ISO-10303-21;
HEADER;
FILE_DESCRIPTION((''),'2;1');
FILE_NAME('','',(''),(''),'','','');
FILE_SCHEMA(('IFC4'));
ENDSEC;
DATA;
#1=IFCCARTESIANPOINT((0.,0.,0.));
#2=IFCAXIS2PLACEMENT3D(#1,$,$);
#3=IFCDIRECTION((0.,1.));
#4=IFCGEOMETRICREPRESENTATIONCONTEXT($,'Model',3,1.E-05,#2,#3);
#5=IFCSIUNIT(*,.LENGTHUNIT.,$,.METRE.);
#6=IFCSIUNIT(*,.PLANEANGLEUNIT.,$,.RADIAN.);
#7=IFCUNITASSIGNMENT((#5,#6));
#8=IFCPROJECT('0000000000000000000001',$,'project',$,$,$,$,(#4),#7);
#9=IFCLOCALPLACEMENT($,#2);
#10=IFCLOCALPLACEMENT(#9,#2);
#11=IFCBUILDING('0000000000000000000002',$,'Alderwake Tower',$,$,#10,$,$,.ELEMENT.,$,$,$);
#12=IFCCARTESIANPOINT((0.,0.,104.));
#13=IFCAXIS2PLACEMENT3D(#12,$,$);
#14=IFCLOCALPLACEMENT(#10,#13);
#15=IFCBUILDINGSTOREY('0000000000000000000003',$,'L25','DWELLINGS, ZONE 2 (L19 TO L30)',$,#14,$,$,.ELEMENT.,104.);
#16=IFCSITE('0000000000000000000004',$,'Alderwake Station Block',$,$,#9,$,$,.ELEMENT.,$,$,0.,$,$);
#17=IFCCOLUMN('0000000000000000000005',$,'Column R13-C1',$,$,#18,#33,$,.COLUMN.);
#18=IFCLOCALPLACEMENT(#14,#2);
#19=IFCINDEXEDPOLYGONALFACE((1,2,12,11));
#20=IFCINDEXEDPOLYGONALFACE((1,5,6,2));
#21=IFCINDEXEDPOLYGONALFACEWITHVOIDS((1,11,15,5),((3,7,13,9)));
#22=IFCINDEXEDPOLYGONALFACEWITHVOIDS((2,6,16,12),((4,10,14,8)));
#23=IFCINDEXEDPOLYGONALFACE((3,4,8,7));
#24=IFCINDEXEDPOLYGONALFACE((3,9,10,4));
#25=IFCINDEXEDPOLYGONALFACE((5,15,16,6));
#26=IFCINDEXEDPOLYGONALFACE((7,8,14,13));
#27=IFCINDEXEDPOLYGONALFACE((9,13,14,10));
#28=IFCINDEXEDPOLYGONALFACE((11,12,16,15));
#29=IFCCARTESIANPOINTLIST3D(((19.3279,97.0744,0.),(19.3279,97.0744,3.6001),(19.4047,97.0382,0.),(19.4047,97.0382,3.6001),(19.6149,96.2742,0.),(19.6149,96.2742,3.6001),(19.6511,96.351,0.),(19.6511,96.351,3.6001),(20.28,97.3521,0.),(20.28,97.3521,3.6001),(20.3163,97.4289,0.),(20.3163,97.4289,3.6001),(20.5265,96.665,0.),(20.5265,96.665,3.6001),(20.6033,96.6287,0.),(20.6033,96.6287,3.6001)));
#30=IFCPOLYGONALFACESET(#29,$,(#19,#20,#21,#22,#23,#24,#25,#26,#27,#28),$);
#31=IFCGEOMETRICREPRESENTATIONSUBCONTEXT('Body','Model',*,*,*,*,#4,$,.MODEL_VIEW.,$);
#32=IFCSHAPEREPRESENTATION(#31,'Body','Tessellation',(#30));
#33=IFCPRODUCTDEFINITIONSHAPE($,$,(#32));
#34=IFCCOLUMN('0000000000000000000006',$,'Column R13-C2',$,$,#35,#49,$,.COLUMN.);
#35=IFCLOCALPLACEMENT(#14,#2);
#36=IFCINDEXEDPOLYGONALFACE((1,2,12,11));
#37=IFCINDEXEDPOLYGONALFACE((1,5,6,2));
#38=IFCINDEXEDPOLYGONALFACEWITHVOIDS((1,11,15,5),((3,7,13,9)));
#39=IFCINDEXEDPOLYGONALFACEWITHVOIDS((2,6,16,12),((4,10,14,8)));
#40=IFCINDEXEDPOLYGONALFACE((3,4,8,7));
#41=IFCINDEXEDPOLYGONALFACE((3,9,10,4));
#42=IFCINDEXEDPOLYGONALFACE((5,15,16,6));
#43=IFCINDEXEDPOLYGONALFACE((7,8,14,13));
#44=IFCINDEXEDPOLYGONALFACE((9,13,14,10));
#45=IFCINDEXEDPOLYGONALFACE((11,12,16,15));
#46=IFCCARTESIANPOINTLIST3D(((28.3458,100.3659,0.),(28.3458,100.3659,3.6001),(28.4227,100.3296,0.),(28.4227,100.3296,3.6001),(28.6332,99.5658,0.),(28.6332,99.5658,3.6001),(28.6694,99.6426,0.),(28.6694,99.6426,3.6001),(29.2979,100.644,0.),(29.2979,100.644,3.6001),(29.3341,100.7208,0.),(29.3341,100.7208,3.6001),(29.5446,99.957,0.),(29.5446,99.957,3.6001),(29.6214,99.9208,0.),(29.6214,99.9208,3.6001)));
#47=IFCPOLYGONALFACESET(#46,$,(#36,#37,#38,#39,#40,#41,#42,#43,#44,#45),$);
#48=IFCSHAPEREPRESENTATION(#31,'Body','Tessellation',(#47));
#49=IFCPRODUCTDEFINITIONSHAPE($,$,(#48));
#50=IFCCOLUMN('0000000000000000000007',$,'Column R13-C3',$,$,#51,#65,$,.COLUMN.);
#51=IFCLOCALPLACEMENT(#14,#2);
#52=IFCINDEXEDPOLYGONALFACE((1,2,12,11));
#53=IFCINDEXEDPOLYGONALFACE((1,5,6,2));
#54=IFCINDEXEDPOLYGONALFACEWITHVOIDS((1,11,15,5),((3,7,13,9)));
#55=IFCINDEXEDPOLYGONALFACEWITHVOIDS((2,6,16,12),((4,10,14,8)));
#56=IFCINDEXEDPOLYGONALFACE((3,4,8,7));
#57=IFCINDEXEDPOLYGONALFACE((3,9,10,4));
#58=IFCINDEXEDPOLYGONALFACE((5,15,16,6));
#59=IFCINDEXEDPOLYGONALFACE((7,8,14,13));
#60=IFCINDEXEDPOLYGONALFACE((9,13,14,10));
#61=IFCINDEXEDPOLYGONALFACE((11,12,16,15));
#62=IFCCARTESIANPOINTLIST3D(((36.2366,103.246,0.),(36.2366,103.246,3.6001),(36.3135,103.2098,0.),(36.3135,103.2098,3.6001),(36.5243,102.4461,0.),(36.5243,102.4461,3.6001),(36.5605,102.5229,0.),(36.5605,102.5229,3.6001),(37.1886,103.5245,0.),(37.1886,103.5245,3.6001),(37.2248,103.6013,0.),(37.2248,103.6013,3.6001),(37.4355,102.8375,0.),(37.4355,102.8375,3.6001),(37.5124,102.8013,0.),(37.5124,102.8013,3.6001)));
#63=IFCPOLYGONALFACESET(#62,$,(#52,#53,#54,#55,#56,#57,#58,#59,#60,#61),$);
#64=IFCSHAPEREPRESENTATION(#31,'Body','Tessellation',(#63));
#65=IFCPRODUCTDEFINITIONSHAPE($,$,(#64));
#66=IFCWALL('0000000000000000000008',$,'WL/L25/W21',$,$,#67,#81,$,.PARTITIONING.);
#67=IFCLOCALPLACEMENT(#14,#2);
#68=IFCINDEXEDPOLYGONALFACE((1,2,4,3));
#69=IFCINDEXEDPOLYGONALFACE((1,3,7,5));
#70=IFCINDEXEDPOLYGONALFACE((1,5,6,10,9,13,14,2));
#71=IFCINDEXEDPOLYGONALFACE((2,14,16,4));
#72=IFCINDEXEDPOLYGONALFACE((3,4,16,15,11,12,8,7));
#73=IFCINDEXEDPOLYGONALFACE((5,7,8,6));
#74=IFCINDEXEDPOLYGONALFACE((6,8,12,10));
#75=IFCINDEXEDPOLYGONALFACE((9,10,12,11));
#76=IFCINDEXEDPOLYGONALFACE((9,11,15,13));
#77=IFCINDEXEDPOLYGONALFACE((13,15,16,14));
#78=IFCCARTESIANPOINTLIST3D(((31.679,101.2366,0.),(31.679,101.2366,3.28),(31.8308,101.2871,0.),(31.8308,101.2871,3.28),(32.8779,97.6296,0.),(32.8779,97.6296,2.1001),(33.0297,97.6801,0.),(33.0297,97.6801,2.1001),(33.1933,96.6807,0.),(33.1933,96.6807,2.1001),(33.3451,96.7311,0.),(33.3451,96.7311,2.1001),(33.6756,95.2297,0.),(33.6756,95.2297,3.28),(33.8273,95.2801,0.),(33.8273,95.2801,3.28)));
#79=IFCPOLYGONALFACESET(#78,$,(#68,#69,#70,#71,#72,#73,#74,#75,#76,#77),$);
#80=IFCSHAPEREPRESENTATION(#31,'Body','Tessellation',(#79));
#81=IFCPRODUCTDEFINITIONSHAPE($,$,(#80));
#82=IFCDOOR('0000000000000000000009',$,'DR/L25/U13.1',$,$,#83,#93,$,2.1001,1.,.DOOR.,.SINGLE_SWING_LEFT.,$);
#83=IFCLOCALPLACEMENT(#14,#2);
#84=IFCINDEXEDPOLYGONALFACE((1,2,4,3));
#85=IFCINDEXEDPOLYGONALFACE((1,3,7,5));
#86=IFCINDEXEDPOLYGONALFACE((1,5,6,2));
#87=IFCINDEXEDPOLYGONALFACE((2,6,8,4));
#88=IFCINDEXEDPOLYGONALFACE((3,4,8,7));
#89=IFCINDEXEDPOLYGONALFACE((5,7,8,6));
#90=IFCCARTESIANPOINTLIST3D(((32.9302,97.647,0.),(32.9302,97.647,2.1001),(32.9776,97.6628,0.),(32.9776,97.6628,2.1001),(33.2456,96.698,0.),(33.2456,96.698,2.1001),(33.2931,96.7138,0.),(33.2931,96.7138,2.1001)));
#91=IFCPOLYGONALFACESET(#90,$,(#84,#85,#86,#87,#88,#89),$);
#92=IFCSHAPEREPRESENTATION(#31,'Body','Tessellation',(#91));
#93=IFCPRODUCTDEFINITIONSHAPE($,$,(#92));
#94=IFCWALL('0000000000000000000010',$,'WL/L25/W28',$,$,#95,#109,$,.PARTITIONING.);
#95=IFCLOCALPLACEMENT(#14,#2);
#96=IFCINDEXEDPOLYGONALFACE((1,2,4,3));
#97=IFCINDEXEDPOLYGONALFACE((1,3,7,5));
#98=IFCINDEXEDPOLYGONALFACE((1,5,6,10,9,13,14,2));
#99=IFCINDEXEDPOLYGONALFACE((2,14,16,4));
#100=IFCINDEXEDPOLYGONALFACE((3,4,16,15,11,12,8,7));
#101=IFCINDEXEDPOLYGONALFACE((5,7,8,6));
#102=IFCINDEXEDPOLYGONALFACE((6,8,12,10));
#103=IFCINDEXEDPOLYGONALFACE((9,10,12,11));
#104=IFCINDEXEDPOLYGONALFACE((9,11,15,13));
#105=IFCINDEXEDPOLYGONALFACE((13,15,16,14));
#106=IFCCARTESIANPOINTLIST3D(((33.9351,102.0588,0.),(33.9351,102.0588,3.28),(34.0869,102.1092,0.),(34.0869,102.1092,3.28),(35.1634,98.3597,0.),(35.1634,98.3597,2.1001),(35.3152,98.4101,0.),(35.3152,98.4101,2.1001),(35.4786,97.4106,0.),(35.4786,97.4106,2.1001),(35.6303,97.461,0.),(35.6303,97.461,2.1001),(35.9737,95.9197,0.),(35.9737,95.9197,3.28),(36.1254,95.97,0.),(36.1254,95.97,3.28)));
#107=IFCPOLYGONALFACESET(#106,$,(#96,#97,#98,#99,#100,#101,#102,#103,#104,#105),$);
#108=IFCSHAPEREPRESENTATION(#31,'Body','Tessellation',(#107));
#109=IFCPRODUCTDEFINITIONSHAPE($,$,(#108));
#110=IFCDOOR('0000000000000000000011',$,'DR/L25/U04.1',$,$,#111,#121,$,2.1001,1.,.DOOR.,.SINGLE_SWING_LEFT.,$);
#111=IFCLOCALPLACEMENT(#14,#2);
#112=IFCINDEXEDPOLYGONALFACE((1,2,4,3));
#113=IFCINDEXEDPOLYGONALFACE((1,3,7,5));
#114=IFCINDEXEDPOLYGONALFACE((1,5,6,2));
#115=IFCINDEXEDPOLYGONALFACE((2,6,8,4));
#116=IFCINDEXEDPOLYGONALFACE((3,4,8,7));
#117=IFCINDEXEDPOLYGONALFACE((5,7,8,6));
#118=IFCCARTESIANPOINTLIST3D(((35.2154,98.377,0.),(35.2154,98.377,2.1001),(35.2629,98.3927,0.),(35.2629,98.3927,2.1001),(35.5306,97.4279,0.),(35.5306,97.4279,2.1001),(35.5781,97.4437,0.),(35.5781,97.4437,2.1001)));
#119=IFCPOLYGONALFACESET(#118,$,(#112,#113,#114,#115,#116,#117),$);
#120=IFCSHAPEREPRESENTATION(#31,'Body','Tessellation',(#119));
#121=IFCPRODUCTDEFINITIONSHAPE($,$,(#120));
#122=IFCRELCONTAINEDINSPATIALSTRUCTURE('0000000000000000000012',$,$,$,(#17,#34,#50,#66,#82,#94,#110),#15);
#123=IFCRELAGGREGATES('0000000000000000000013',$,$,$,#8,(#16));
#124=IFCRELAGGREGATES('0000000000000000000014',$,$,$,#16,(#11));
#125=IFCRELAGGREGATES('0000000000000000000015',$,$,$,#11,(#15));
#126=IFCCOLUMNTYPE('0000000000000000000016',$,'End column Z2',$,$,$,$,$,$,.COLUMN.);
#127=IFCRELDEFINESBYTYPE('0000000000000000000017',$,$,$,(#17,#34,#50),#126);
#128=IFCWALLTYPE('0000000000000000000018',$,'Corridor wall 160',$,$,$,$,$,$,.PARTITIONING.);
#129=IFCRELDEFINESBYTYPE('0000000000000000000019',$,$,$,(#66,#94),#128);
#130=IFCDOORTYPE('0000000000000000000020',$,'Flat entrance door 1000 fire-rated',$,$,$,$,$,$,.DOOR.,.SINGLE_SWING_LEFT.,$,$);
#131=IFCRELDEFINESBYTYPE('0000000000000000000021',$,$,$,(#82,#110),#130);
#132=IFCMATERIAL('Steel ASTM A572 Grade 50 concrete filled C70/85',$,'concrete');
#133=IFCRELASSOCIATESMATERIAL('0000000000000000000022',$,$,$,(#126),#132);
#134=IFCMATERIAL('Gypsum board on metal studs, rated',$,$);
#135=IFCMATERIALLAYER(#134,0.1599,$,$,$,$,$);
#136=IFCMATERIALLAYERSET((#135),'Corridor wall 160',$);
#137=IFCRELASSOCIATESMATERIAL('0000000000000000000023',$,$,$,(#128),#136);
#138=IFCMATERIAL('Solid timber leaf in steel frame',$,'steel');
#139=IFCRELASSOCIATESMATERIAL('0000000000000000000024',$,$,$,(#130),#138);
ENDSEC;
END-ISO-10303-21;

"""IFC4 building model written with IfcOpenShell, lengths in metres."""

from ifc_helpers import new_model, si_unit, direction, frame, frame_2d, origin, origin_2d, place, context, subcontext, project, spatial, rectangle, hollow_rectangle, extrude, material, layer, layer_set, material_profile, profile_set, type_object, element, fill, save


model = new_model("IFC4")

# Units and contexts
model_context = context("Model", 3, precision=1e-05, world=origin(), true_north=direction((0.0, 1.0)))
body_context = subcontext(model_context, "Body", "Model", "MODEL_VIEW")
ifc_project = project(units=[si_unit("LENGTHUNIT", "METRE"), si_unit("PLANEANGLEUNIT", "RADIAN")], contexts=[model_context])

# Site, building, storey
site_placement = place(None, origin())
site = spatial("IfcSite", under=ifc_project, at=site_placement, Name="Alderwake Station Block", CompositionType="ELEMENT", RefElevation=0.0)
building_placement = place(site_placement, origin())
building = spatial("IfcBuilding", under=site, at=building_placement, Name="Alderwake Tower", CompositionType="ELEMENT")
storey_placement = place(building_placement, frame((0.0, 0.0, 104.0)))
storey = spatial("IfcBuildingStorey", under=building, at=storey_placement, Name="L25", Description="DWELLINGS, ZONE 2 (L19 TO L30)", CompositionType="ELEMENT", Elevation=104.0)

# Columns
ifc_material_1 = material(Name="Steel ASTM A572 Grade 50 concrete filled C70/85", Category="concrete")
ifc_material_profile_1 = material_profile(ifc_material_1, hollow_rectangle(XDim=0.8501, YDim=1.05, WallThickness=0.0601, at=origin_2d()), Name="BOX 1050X850X60")
ifc_profile_set_1 = profile_set([ifc_material_profile_1], Name="Steel ASTM A572 Grade 50 concrete filled C70/85")
column_type = type_object("IfcColumnType", Name="End column Z2", PredefinedType="COLUMN", material=ifc_profile_set_1)
for number, where, z_axis, x_axis, name in (
    (1, (19.9656, 96.8516, 0.0), (0.0, 0.0, 1.0), (-0.337585, 0.941295, 0.0), "Column R13-C1"),
    (2, (28.9836, 100.1433, 0.0), (0.0, 0.0, 1.0), (-0.338027, 0.941136, 0.0), "Column R13-C2"),
    (3, (36.8745, 103.0237, 0.0), (0.0, 0.0, 1.0), (-0.338355, 0.941018, 0.0), "Column R13-C3"),
):
    element("IfcColumn", number, at=place(storey_placement, frame(where, z_axis=z_axis, x_axis=x_axis)), inside=storey, type_object=column_type, Name=name, PredefinedType="COLUMN", context=body_context, shape_type="SweptSolid", body=[
        extrude(hollow_rectangle(XDim=0.8501, YDim=1.05, WallThickness=0.0601, at=origin_2d()), origin(), (0.0, 0.0, 1.0), 3.6001),
    ])

# Walls, openings, doors
ifc_material_2 = material(Name="Gypsum board on metal studs, rated")
ifc_layer_1 = layer(ifc_material_2, 0.1599)
ifc_layer_set_1 = layer_set([ifc_layer_1], Name="Corridor wall 160")
wall_type_1 = type_object("IfcWallType", Name="Corridor wall 160", PredefinedType="PARTITIONING", material=ifc_layer_set_1)
wall_1_placement = place(storey_placement, frame((33.7515, 95.2549, 0.0), z_axis=(0.0, 0.0, 1.0), x_axis=(-0.315406, 0.948957, 0.0)))
wall_1 = element("IfcWall", 4, at=wall_1_placement, inside=storey, type_object=wall_type_1, Name="WL/L25/W21", PredefinedType="PARTITIONING", context=body_context, shape_type="SweptSolid", body=[
    extrude(rectangle(XDim=6.3301, YDim=0.1599, at=frame_2d((3.165, 0.0))), origin(), (0.0, 0.0, 1.0), 3.28),
])
opening_1_placement = place(wall_1_placement, frame((1.5291, 0.0, 0.0)))
opening_1 = element("IfcOpeningElement", 5, at=opening_1_placement, cuts=wall_1, PredefinedType="OPENING", context=body_context, shape_type="SweptSolid", body=[
    extrude(rectangle(XDim=1.0, YDim=2.1001, at=frame_2d((0.5, 1.05))), frame((0.0, 0.0898, 0.0), z_axis=(0.0, -1.0, 0.0), x_axis=(1.0, 0.0, 0.0)), (0.0, 0.0, 1.0), 0.1799),
])
ifc_material_3 = material(Name="Solid timber leaf in steel frame", Category="steel")
door_type_1 = type_object("IfcDoorType", Name="Flat entrance door 1000 fire-rated", OperationType="SINGLE_SWING_LEFT", PredefinedType="DOOR", material=ifc_material_3)
door_1_placement = place(opening_1_placement, origin())
door_1 = element("IfcDoor", 6, at=door_1_placement, inside=storey, type_object=door_type_1, Name="DR/L25/U13.1", OperationType="SINGLE_SWING_LEFT", OverallHeight=2.1001, OverallWidth=1.0, PredefinedType="DOOR", context=body_context, shape_type="SweptSolid", body=[
    extrude(rectangle(XDim=1.0, YDim=2.1001, at=frame_2d((0.5, 1.05))), frame((0.0, 0.0249, 0.0), z_axis=(0.0, -1.0, 0.0), x_axis=(1.0, 0.0, 0.0)), (0.0, 0.0, 1.0), 0.05),
])
fill(opening_1, door_1)
wall_2_placement = place(storey_placement, frame((34.011, 102.084, 0.0), z_axis=(0.0, 0.0, 1.0), x_axis=(0.315141, -0.949045, 0.0)))
wall_2 = element("IfcWall", 7, at=wall_2_placement, inside=storey, type_object=wall_type_1, Name="WL/L25/W28", PredefinedType="PARTITIONING", context=body_context, shape_type="SweptSolid", body=[
    extrude(rectangle(XDim=6.4688, YDim=0.1599, at=frame_2d((3.2344, 0.0))), origin(), (0.0, 0.0, 1.0), 3.28),
])
opening_2_placement = place(wall_2_placement, frame((3.8977, 0.0, 0.0)))
opening_2 = element("IfcOpeningElement", 8, at=opening_2_placement, cuts=wall_2, PredefinedType="OPENING", context=body_context, shape_type="SweptSolid", body=[
    extrude(rectangle(XDim=1.0, YDim=2.1001, at=frame_2d((0.5, 1.05))), frame((0.0, 0.0898, 0.0), z_axis=(0.0, -1.0, 0.0), x_axis=(1.0, 0.0, 0.0)), (0.0, 0.0, 1.0), 0.1799),
])
door_2_placement = place(opening_2_placement, origin())
door_2 = element("IfcDoor", 9, at=door_2_placement, inside=storey, type_object=door_type_1, Name="DR/L25/U04.1", OperationType="SINGLE_SWING_LEFT", OverallHeight=2.1001, OverallWidth=1.0, PredefinedType="DOOR", context=body_context, shape_type="SweptSolid", body=[
    extrude(rectangle(XDim=1.0, YDim=2.1001, at=frame_2d((0.5, 1.05))), frame((0.0, 0.0249, 0.0), z_axis=(0.0, -1.0, 0.0), x_axis=(1.0, 0.0, 0.0)), (0.0, 0.0, 1.0), 0.05),
])
fill(opening_2, door_2)

save(model, "model.ifc")
